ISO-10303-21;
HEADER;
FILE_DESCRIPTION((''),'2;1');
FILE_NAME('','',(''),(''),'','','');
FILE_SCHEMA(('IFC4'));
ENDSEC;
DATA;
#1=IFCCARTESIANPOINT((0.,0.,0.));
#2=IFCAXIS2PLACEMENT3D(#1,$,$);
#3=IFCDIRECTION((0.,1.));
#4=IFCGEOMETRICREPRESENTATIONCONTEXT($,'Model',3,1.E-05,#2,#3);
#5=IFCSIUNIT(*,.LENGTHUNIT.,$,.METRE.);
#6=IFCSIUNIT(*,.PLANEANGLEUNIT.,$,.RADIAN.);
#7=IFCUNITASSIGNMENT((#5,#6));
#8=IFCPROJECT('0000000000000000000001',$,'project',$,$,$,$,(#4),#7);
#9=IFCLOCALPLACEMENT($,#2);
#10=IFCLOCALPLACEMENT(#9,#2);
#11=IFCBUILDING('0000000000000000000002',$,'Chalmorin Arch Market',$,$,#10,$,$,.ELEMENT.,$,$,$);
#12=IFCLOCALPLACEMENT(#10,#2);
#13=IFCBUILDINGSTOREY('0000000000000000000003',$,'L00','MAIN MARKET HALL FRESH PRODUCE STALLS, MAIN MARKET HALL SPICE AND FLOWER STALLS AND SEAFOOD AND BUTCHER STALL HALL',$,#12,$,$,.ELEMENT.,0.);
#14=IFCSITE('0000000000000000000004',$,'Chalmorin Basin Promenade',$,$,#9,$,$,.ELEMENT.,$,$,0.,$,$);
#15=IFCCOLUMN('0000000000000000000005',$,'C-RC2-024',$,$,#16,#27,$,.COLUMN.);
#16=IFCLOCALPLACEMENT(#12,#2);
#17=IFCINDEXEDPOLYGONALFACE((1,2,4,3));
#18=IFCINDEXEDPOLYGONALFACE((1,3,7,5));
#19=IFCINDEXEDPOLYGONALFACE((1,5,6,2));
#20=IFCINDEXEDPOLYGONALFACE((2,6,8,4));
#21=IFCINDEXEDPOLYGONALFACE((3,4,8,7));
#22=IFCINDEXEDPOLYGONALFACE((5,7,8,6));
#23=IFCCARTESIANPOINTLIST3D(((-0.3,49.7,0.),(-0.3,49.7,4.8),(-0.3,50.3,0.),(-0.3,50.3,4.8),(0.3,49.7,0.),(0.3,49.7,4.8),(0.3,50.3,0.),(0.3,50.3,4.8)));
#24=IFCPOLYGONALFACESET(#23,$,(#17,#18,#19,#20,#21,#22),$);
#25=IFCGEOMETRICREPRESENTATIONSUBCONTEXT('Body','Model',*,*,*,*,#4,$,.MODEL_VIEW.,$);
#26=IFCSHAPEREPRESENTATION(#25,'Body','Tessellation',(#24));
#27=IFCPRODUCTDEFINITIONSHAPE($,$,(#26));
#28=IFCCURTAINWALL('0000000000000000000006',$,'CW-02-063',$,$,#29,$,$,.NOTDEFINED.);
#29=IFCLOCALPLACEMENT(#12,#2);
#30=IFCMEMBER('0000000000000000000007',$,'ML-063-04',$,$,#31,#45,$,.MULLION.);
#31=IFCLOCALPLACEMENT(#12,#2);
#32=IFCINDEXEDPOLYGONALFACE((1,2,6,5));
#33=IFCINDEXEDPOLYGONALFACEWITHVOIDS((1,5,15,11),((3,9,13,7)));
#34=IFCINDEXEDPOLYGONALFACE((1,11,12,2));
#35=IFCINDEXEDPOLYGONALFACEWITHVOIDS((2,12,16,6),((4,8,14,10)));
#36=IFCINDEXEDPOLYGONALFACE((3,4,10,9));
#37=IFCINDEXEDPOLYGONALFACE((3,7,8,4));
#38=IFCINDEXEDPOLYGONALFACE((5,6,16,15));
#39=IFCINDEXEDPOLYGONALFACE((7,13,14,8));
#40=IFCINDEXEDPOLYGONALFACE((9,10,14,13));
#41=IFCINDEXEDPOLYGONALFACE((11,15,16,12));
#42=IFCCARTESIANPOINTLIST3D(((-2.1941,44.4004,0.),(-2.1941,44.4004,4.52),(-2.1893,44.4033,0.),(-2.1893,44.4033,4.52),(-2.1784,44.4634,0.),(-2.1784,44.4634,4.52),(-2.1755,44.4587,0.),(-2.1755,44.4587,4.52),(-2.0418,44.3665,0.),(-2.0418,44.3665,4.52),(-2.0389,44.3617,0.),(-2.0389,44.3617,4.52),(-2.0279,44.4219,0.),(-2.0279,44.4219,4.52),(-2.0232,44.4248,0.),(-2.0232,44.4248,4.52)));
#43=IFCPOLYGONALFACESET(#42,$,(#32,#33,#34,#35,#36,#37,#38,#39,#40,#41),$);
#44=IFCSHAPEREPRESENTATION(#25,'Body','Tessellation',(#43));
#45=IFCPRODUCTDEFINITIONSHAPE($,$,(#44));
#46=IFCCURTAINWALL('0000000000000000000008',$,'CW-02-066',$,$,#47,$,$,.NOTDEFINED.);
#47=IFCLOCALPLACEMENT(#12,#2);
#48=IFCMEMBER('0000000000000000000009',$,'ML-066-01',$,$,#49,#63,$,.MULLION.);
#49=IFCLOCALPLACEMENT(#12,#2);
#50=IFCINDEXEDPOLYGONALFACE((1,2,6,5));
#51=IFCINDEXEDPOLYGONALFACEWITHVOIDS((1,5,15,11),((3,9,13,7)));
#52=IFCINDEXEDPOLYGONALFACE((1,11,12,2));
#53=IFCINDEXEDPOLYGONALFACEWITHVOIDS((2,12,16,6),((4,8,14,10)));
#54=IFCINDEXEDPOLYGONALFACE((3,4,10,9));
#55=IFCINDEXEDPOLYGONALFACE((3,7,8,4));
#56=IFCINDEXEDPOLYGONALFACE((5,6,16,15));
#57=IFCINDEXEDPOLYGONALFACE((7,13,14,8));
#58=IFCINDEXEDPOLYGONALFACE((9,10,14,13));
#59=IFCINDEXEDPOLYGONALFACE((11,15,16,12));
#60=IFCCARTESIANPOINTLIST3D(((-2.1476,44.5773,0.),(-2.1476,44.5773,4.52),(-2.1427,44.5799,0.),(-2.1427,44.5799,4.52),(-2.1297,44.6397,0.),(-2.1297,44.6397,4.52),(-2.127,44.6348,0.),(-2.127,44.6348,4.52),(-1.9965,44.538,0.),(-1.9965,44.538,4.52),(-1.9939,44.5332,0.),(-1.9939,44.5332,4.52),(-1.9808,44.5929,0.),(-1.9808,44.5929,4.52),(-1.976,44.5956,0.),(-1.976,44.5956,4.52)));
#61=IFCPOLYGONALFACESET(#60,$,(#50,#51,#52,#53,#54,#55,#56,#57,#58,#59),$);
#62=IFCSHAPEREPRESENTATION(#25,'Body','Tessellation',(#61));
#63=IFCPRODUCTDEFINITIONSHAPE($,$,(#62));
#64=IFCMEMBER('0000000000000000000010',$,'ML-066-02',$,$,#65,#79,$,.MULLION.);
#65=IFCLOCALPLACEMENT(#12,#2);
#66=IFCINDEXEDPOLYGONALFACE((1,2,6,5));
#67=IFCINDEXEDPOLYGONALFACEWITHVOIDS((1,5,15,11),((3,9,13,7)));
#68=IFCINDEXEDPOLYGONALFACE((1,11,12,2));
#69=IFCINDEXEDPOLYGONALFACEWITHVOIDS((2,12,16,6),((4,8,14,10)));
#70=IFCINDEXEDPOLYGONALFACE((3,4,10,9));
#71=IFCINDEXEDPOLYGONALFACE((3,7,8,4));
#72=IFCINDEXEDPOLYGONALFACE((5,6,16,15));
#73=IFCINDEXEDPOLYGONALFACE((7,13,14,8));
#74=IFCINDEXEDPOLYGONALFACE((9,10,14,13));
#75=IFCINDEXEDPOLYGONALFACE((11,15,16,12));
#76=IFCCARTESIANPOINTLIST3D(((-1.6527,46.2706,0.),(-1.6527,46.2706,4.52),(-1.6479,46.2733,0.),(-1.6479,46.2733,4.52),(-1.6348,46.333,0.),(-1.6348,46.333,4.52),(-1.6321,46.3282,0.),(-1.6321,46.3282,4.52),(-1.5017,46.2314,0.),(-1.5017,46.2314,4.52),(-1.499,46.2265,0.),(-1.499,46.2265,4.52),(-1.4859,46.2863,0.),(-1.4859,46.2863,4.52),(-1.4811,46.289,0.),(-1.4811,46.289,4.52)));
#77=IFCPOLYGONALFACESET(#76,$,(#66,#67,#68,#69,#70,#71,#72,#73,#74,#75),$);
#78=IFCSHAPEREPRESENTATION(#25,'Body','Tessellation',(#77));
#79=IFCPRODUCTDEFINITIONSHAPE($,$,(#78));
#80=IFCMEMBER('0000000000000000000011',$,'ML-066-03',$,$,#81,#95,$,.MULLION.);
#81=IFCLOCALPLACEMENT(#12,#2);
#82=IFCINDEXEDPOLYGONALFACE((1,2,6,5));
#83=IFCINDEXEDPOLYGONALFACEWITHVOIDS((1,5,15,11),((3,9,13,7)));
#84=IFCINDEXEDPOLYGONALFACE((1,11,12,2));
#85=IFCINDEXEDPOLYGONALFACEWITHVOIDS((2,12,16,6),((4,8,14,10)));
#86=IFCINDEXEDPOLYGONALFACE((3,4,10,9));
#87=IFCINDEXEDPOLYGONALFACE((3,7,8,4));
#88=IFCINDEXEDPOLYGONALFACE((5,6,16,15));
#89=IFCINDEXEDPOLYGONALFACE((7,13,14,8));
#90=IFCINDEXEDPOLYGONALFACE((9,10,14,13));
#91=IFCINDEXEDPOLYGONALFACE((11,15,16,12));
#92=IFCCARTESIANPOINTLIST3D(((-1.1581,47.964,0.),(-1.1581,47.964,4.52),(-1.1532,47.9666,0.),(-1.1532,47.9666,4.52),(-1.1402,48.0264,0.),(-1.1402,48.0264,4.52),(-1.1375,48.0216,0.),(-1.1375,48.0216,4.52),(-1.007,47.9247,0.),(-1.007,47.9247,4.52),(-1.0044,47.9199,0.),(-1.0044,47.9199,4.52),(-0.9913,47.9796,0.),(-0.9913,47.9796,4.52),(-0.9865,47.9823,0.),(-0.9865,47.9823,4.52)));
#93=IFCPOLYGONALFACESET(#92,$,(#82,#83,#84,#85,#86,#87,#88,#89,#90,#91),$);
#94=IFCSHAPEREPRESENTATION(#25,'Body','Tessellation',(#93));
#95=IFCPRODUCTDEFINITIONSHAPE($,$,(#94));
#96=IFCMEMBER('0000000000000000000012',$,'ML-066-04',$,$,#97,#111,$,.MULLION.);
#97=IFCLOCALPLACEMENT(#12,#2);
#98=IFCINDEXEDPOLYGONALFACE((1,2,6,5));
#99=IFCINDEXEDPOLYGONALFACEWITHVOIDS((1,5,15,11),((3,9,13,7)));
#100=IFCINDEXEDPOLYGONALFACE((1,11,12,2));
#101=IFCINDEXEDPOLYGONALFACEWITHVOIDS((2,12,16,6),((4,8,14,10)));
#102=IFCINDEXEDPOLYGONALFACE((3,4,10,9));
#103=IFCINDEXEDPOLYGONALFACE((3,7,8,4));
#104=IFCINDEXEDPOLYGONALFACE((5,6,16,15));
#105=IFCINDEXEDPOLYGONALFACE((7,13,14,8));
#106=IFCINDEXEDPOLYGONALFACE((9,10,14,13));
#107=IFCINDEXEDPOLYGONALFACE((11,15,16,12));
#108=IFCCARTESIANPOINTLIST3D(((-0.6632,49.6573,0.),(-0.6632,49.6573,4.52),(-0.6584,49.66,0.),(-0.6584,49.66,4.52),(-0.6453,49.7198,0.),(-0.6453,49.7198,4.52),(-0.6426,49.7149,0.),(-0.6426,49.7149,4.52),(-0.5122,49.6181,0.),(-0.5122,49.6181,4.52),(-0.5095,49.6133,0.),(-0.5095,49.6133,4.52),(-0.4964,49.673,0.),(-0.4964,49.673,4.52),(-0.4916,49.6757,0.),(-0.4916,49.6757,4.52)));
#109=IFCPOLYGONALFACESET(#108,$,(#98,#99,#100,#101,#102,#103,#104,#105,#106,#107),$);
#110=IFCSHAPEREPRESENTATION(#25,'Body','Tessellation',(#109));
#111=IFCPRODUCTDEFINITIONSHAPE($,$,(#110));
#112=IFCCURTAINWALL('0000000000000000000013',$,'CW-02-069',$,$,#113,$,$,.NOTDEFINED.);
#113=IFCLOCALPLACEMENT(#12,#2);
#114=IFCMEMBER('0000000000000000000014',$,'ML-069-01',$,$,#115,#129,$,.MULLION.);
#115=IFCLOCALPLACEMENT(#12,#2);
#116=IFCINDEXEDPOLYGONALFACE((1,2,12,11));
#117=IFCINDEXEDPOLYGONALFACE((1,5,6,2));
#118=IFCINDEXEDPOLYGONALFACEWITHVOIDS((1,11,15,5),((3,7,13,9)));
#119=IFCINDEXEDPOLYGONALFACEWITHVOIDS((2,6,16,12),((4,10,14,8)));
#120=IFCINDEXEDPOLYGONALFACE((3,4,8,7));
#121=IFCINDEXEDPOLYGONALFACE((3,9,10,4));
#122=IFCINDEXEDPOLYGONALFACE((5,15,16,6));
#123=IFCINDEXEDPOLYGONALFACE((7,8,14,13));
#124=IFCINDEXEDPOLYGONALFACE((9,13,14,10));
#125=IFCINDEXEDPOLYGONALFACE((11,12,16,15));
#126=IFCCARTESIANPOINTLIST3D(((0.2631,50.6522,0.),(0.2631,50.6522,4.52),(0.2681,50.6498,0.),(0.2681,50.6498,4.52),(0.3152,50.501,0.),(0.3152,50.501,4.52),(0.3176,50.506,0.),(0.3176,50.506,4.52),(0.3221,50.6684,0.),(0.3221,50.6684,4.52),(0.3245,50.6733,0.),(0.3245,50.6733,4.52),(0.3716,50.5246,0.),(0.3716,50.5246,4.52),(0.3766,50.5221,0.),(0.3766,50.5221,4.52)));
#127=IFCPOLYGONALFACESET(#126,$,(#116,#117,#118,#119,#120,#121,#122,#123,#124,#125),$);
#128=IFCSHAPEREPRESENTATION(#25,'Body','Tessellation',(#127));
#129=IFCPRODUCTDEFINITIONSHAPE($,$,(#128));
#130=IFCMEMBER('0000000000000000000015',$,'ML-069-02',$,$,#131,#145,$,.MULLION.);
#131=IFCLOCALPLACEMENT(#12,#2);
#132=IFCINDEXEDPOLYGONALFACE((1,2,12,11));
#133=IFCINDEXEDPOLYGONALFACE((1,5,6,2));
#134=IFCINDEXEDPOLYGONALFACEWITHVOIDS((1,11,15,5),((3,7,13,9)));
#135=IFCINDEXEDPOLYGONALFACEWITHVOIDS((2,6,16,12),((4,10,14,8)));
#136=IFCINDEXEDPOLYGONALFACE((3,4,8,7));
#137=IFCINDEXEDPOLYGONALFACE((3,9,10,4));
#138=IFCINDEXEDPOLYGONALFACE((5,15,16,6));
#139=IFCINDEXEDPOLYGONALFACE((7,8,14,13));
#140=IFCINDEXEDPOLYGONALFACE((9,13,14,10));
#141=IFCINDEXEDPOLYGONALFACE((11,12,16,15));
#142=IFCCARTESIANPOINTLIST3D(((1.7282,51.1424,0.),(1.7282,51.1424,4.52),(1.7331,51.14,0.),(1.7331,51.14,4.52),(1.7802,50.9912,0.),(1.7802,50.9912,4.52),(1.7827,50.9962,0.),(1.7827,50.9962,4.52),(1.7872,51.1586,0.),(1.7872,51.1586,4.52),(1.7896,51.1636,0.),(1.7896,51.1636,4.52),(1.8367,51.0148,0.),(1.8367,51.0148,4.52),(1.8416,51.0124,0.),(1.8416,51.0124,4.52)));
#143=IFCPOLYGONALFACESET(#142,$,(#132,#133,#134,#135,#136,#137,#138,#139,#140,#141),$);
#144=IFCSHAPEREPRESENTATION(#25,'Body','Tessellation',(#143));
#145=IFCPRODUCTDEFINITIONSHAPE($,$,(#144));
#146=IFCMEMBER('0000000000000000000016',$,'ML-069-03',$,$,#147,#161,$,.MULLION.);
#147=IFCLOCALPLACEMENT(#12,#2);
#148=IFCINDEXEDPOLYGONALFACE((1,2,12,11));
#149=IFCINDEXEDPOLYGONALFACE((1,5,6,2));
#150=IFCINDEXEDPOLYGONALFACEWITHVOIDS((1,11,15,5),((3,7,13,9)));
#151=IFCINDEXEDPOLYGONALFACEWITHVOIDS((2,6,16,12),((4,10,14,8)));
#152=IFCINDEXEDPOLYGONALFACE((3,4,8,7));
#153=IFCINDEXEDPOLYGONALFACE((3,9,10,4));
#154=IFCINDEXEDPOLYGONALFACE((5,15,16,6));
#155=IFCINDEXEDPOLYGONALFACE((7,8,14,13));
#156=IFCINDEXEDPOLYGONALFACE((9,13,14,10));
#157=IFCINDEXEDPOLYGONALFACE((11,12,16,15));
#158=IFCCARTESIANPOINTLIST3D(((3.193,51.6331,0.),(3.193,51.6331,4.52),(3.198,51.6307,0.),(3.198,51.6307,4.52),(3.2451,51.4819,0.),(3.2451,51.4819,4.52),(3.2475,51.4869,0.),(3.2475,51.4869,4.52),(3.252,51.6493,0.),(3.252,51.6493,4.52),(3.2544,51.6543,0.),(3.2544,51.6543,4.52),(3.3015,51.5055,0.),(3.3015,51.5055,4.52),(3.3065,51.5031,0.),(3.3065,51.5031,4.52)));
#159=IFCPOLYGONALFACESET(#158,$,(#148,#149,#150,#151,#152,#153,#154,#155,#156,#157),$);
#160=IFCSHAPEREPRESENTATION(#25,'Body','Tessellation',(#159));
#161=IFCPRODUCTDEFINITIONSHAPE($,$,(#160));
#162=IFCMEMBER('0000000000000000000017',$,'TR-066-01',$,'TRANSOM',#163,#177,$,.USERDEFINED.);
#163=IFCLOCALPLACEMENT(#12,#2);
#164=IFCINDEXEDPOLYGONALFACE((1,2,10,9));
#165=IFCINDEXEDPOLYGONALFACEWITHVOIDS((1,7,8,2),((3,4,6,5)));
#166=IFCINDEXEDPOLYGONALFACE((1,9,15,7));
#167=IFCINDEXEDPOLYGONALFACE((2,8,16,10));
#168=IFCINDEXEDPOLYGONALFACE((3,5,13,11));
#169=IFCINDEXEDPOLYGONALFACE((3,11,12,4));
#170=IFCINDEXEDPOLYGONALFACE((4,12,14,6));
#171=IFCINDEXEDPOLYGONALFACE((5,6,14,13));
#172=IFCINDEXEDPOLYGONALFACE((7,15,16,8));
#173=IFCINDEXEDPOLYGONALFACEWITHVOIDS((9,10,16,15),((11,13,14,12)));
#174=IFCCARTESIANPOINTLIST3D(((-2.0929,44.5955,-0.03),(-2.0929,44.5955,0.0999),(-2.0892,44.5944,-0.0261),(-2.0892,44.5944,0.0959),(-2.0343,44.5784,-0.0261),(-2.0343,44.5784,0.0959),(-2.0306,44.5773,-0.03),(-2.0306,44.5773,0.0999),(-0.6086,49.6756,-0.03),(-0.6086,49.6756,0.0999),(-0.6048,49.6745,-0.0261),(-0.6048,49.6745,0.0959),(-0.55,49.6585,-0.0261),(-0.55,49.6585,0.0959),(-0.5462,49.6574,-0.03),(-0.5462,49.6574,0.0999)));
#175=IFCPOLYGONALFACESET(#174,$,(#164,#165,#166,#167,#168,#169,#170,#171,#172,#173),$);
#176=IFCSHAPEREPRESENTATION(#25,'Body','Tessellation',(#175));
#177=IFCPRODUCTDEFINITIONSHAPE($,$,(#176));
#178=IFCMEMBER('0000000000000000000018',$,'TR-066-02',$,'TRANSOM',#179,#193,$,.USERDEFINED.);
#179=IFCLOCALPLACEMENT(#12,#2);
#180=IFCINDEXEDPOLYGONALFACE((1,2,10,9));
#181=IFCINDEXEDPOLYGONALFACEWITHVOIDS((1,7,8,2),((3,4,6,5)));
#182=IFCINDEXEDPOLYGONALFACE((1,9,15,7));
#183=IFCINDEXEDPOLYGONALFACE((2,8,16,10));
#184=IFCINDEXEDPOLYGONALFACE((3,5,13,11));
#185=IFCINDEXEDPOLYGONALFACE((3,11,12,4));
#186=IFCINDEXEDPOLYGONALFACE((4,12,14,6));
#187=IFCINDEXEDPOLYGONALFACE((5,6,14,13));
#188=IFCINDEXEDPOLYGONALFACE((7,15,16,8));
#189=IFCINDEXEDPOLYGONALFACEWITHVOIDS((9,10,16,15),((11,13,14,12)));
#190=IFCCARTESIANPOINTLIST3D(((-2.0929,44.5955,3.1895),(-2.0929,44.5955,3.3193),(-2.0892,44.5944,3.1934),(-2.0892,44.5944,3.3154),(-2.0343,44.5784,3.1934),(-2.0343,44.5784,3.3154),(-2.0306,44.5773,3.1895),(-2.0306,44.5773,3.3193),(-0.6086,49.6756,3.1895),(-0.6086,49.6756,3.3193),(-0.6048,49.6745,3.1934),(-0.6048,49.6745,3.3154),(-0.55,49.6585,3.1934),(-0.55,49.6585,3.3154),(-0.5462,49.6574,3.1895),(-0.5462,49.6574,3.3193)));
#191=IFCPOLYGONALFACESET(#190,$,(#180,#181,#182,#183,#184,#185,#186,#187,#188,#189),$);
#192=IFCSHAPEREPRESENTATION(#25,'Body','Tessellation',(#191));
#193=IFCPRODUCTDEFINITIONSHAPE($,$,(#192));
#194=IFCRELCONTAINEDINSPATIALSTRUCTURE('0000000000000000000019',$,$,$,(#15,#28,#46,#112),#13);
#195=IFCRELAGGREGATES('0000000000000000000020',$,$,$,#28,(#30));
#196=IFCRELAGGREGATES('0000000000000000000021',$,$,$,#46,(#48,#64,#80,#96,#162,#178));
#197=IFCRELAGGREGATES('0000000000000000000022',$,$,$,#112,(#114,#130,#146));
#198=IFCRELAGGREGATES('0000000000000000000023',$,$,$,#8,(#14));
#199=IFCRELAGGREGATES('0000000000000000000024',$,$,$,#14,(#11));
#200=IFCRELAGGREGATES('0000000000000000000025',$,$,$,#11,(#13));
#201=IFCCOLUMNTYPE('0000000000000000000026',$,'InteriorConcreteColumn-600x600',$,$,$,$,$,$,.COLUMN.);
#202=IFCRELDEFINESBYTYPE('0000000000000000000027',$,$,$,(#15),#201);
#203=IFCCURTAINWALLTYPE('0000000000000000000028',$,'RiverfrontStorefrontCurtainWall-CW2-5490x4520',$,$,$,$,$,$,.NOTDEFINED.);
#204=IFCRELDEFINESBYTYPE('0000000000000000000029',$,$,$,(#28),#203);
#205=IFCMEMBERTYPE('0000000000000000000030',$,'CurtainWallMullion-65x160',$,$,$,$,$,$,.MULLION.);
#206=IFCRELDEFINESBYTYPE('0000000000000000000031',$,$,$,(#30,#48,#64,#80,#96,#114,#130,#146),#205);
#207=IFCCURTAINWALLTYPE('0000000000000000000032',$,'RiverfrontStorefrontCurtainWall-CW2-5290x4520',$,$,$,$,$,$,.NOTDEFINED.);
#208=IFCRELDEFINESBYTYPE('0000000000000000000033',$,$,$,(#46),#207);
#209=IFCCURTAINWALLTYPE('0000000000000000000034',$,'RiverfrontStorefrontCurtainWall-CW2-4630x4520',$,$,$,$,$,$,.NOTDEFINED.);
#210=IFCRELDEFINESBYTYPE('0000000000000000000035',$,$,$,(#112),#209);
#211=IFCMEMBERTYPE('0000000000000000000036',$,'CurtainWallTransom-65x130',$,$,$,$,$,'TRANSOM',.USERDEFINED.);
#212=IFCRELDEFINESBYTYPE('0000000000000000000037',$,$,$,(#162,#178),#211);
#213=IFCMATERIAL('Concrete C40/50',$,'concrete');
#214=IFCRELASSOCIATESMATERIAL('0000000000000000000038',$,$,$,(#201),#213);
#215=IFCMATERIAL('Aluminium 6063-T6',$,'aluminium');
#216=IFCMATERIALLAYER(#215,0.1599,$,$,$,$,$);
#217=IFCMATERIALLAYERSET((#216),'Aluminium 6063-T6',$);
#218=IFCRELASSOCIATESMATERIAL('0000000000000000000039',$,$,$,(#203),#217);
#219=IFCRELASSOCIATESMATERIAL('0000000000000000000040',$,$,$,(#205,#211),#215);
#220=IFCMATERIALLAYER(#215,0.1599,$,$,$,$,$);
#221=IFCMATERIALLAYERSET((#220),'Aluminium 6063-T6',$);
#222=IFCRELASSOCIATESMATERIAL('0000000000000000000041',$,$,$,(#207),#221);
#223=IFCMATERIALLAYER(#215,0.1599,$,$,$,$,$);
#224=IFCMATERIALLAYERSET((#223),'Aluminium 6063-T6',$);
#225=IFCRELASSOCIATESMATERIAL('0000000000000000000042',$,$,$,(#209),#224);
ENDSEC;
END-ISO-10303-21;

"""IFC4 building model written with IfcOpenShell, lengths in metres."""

from ifc_helpers import new_model, si_unit, direction, frame, origin, origin_2d, place, context, subcontext, project, spatial, rectangle, hollow_rectangle, extrude, material, layer, layer_set, material_profile, profile_set, type_object, element, aggregate, save


model = new_model("IFC4")

# Units and contexts
model_context = context("Model", 3, precision=1e-05, world=origin(), true_north=direction((0.0, 1.0)))
body_context = subcontext(model_context, "Body", "Model", "MODEL_VIEW")
ifc_project = project(units=[si_unit("LENGTHUNIT", "METRE"), si_unit("PLANEANGLEUNIT", "RADIAN")], contexts=[model_context])

# Site, building, storey
site_placement = place(None, origin())
site = spatial("IfcSite", under=ifc_project, at=site_placement, Name="Chalmorin Basin Promenade", CompositionType="ELEMENT", RefElevation=0.0)
building_placement = place(site_placement, origin())
building = spatial("IfcBuilding", under=site, at=building_placement, Name="Chalmorin Arch Market", CompositionType="ELEMENT")
storey_placement = place(building_placement, origin())
storey = spatial("IfcBuildingStorey", under=building, at=storey_placement, Name="L00", Description="MAIN MARKET HALL FRESH PRODUCE STALLS, MAIN MARKET HALL SPICE AND FLOWER STALLS AND SEAFOOD AND BUTCHER STALL HALL", CompositionType="ELEMENT", Elevation=0.0)

# Column
ifc_material_1 = material(Name="Concrete C40/50", Category="concrete")
ifc_material_profile_1 = material_profile(ifc_material_1, rectangle(XDim=0.6001, YDim=0.6001, at=origin_2d()), Name="RC600X600")
ifc_profile_set_1 = profile_set([ifc_material_profile_1], Name="Concrete C40/50")
column_type = type_object("IfcColumnType", Name="InteriorConcreteColumn-600x600", PredefinedType="COLUMN", material=ifc_profile_set_1)
column_placement = place(storey_placement, frame((0.0, 50.0, 0.0), z_axis=(0.0, 0.0, 1.0), x_axis=(1.0, 0.0, 0.0)))
element("IfcColumn", 1, at=column_placement, inside=storey, type_object=column_type, Name="C-RC2-024", PredefinedType="COLUMN", context=body_context, shape_type="SweptSolid", body=[
    extrude(rectangle(XDim=0.6001, YDim=0.6001, at=origin_2d()), origin(), (0.0, 0.0, 1.0), 4.8),
])

# Curtain wall, member
ifc_material_2 = material(Name="Aluminium 6063-T6", Category="aluminium")
ifc_layer_1 = layer(ifc_material_2, 0.1599)
ifc_layer_set_1 = layer_set([ifc_layer_1], Name="Aluminium 6063-T6")
curtain_wall_type_1 = type_object("IfcCurtainWallType", Name="RiverfrontStorefrontCurtainWall-CW2-5490x4520", PredefinedType="NOTDEFINED", material=ifc_layer_set_1)
curtain_wall_1_placement = place(storey_placement, origin())
curtain_wall_1 = element("IfcCurtainWall", 2, at=curtain_wall_1_placement, inside=storey, type_object=curtain_wall_type_1, Name="CW-02-063", PredefinedType="NOTDEFINED")
ifc_material_profile_2 = material_profile(ifc_material_2, hollow_rectangle(XDim=0.0649, YDim=0.1599, WallThickness=0.0039, at=origin_2d()), Name="ALU65X160X4")
ifc_profile_set_2 = profile_set([ifc_material_profile_2], Name="Aluminium 6063-T6")
member_type_1 = type_object("IfcMemberType", Name="CurtainWallMullion-65x160", PredefinedType="MULLION", material=ifc_profile_set_2)
member_1_placement = place(storey_placement, frame((-2.1086, 44.4126, 0.0), z_axis=(0.0, 0.0, 1.0), x_axis=(0.241922, 0.970296, 0.0)))
member_1 = element("IfcMember", 3, at=member_1_placement, type_object=member_type_1, Name="ML-063-04", PredefinedType="MULLION", context=body_context, shape_type="SweptSolid", body=[
    extrude(hollow_rectangle(XDim=0.0649, YDim=0.1599, WallThickness=0.0039, at=origin_2d()), origin(), (0.0, 0.0, 1.0), 4.52),
])
aggregate(curtain_wall_1, [member_1])

# Curtain walls, members
ifc_layer_2 = layer(ifc_material_2, 0.1599)
ifc_layer_set_2 = layer_set([ifc_layer_2], Name="Aluminium 6063-T6")
curtain_wall_type_2 = type_object("IfcCurtainWallType", Name="RiverfrontStorefrontCurtainWall-CW2-5290x4520", PredefinedType="NOTDEFINED", material=ifc_layer_set_2)
curtain_wall_2_placement = place(storey_placement, origin())
curtain_wall_2 = element("IfcCurtainWall", 4, at=curtain_wall_2_placement, inside=storey, type_object=curtain_wall_type_2, Name="CW-02-066", PredefinedType="NOTDEFINED")
member_2_placement = place(storey_placement, frame((-2.0618, 44.5864, 0.0), z_axis=(0.0, 0.0, 1.0), x_axis=(0.275637, 0.961262, 0.0)))
member_2 = element("IfcMember", 5, at=member_2_placement, type_object=member_type_1, Name="ML-066-01", PredefinedType="MULLION", context=body_context, shape_type="SweptSolid", body=[
    extrude(hollow_rectangle(XDim=0.0649, YDim=0.1599, WallThickness=0.0039, at=origin_2d()), origin(), (0.0, 0.0, 1.0), 4.52),
])
member_3_placement = place(storey_placement, frame((-1.5669, 46.2798, 0.0), z_axis=(0.0, 0.0, 1.0), x_axis=(0.275637, 0.961262, 0.0)))
member_3 = element("IfcMember", 6, at=member_3_placement, type_object=member_type_1, Name="ML-066-02", PredefinedType="MULLION", context=body_context, shape_type="SweptSolid", body=[
    extrude(hollow_rectangle(XDim=0.0649, YDim=0.1599, WallThickness=0.0039, at=origin_2d()), origin(), (0.0, 0.0, 1.0), 4.52),
])
member_4_placement = place(storey_placement, frame((-1.0723, 47.9731, 0.0), z_axis=(0.0, 0.0, 1.0), x_axis=(0.275637, 0.961262, 0.0)))
member_4 = element("IfcMember", 7, at=member_4_placement, type_object=member_type_1, Name="ML-066-03", PredefinedType="MULLION", context=body_context, shape_type="SweptSolid", body=[
    extrude(hollow_rectangle(XDim=0.0649, YDim=0.1599, WallThickness=0.0039, at=origin_2d()), origin(), (0.0, 0.0, 1.0), 4.52),
])
member_5_placement = place(storey_placement, frame((-0.5774, 49.6665, 0.0), z_axis=(0.0, 0.0, 1.0), x_axis=(0.275637, 0.961262, 0.0)))
member_5 = element("IfcMember", 8, at=member_5_placement, type_object=member_type_1, Name="ML-066-04", PredefinedType="MULLION", context=body_context, shape_type="SweptSolid", body=[
    extrude(hollow_rectangle(XDim=0.0649, YDim=0.1599, WallThickness=0.0039, at=origin_2d()), origin(), (0.0, 0.0, 1.0), 4.52),
])
ifc_layer_3 = layer(ifc_material_2, 0.1599)
ifc_layer_set_3 = layer_set([ifc_layer_3], Name="Aluminium 6063-T6")
curtain_wall_type_3 = type_object("IfcCurtainWallType", Name="RiverfrontStorefrontCurtainWall-CW2-4630x4520", PredefinedType="NOTDEFINED", material=ifc_layer_set_3)
curtain_wall_3_placement = place(storey_placement, origin())
curtain_wall_3 = element("IfcCurtainWall", 9, at=curtain_wall_3_placement, inside=storey, type_object=curtain_wall_type_3, Name="CW-02-069", PredefinedType="NOTDEFINED")
member_6_placement = place(storey_placement, frame((0.3198, 50.5872, 0.0), z_axis=(0.0, 0.0, 1.0), x_axis=(0.945519, 0.325568, 0.0)))
member_6 = element("IfcMember", 10, at=member_6_placement, type_object=member_type_1, Name="ML-069-01", PredefinedType="MULLION", context=body_context, shape_type="SweptSolid", body=[
    extrude(hollow_rectangle(XDim=0.0649, YDim=0.1599, WallThickness=0.0039, at=origin_2d()), origin(), (0.0, 0.0, 1.0), 4.52),
])
member_7_placement = place(storey_placement, frame((1.7849, 51.0774, 0.0), z_axis=(0.0, 0.0, 1.0), x_axis=(0.945519, 0.325568, 0.0)))
member_7 = element("IfcMember", 11, at=member_7_placement, type_object=member_type_1, Name="ML-069-02", PredefinedType="MULLION", context=body_context, shape_type="SweptSolid", body=[
    extrude(hollow_rectangle(XDim=0.0649, YDim=0.1599, WallThickness=0.0039, at=origin_2d()), origin(), (0.0, 0.0, 1.0), 4.52),
])
member_8_placement = place(storey_placement, frame((3.2498, 51.5681, 0.0), z_axis=(0.0, 0.0, 1.0), x_axis=(0.945519, 0.325568, 0.0)))
member_8 = element("IfcMember", 12, at=member_8_placement, type_object=member_type_1, Name="ML-069-03", PredefinedType="MULLION", context=body_context, shape_type="SweptSolid", body=[
    extrude(hollow_rectangle(XDim=0.0649, YDim=0.1599, WallThickness=0.0039, at=origin_2d()), origin(), (0.0, 0.0, 1.0), 4.52),
])

# Members
ifc_material_profile_3 = material_profile(ifc_material_2, hollow_rectangle(XDim=0.0649, YDim=0.1299, WallThickness=0.0039, at=origin_2d()), Name="ALU65X130X4")
ifc_profile_set_3 = profile_set([ifc_material_profile_3], Name="Aluminium 6063-T6")
member_type_2 = type_object("IfcMemberType", Name="CurtainWallTransom-65x130", ElementType="TRANSOM", PredefinedType="USERDEFINED", material=ifc_profile_set_3)
member_9_placement = place(storey_placement, frame((-2.0618, 44.5864, 0.0349), z_axis=(0.280468, 0.959863, 0.0), x_axis=(-0.959863, 0.280468, 0.0)))
member_9 = element("IfcMember", 13, at=member_9_placement, type_object=member_type_2, Name="TR-066-01", ObjectType="TRANSOM", PredefinedType="USERDEFINED", context=body_context, shape_type="SweptSolid", body=[
    extrude(hollow_rectangle(XDim=0.0649, YDim=0.1299, WallThickness=0.0039, at=origin_2d()), origin(), (0.0, 0.0, 1.0), 5.2925),
])
member_10_placement = place(storey_placement, frame((-2.0618, 44.5864, 3.2544), z_axis=(0.280468, 0.959863, 0.0), x_axis=(-0.959863, 0.280468, 0.0)))
member_10 = element("IfcMember", 14, at=member_10_placement, type_object=member_type_2, Name="TR-066-02", ObjectType="TRANSOM", PredefinedType="USERDEFINED", context=body_context, shape_type="SweptSolid", body=[
    extrude(hollow_rectangle(XDim=0.0649, YDim=0.1299, WallThickness=0.0039, at=origin_2d()), origin(), (0.0, 0.0, 1.0), 5.2925),
])

aggregate(curtain_wall_2, [member_2, member_3, member_4, member_5, member_9, member_10])
aggregate(curtain_wall_3, [member_6, member_7, member_8])

save(model, "model.ifc")
